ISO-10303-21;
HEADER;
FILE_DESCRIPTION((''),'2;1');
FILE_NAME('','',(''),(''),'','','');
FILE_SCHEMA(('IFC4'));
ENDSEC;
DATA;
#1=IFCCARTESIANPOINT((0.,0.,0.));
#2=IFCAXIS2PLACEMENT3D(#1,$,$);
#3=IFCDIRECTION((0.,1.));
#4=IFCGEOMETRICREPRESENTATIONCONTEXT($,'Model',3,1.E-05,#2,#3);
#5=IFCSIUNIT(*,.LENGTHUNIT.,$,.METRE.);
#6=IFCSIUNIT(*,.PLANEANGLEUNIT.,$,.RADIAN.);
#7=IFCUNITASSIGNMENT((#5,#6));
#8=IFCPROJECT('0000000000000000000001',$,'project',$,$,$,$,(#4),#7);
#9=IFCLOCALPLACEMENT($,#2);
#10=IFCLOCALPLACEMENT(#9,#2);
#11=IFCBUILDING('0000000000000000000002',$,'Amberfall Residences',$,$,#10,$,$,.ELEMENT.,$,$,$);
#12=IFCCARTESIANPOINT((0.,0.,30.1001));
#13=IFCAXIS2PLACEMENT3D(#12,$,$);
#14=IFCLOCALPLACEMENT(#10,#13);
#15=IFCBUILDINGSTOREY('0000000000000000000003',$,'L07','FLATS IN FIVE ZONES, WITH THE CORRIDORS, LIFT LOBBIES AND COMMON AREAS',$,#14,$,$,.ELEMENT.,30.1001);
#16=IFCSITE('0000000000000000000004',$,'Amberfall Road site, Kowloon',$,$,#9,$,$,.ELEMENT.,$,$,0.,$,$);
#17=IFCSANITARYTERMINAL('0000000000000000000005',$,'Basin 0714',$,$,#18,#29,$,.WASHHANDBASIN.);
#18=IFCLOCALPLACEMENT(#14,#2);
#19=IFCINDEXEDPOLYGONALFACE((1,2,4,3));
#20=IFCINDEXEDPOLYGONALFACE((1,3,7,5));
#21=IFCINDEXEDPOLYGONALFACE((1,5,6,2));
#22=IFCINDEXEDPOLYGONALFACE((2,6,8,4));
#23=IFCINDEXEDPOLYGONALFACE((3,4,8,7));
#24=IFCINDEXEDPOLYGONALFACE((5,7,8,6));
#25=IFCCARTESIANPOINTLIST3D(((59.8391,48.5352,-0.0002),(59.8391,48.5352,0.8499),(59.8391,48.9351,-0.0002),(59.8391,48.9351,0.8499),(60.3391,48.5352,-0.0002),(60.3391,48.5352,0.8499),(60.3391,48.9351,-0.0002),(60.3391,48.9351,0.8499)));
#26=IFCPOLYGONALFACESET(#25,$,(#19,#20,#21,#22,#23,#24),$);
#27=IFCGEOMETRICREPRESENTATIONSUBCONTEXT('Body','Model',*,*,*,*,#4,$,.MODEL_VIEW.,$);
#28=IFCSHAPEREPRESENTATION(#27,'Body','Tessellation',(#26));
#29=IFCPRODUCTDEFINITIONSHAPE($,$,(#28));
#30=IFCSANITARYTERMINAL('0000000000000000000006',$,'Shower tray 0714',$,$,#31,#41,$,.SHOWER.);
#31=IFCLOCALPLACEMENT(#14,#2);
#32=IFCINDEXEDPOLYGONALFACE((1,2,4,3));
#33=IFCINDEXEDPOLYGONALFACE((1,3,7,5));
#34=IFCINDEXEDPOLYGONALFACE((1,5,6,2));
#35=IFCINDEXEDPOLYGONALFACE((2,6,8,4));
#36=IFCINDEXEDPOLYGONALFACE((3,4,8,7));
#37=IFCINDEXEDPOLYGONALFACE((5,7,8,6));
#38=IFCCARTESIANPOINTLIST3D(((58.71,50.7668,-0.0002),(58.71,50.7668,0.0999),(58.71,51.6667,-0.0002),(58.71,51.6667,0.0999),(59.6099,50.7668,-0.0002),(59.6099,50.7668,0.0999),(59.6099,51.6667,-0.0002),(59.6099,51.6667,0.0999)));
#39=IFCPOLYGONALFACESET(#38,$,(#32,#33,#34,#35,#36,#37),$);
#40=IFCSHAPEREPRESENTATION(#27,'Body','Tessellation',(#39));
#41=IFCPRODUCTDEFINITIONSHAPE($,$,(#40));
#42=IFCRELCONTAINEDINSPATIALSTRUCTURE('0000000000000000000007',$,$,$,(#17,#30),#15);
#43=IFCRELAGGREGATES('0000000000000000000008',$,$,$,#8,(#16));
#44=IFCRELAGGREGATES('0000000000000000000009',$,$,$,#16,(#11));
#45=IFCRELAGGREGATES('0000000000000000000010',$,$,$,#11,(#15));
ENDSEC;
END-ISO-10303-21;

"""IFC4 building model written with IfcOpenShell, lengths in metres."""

from ifc_helpers import new_model, si_unit, direction, frame, origin, origin_2d, place, context, subcontext, project, spatial, rectangle, extrude, element, save


model = new_model("IFC4")

# Units and contexts
model_context = context("Model", 3, precision=1e-05, world=origin(), true_north=direction((0.0, 1.0)))
body_context = subcontext(model_context, "Body", "Model", "MODEL_VIEW")
ifc_project = project(units=[si_unit("LENGTHUNIT", "METRE"), si_unit("PLANEANGLEUNIT", "RADIAN")], contexts=[model_context])

# Site, building, storey
site_placement = place(None, origin())
site = spatial("IfcSite", under=ifc_project, at=site_placement, Name="Amberfall Road site, Kowloon", CompositionType="ELEMENT", RefElevation=0.0)
building_placement = place(site_placement, origin())
building = spatial("IfcBuilding", under=site, at=building_placement, Name="Amberfall Residences", CompositionType="ELEMENT")
storey_placement = place(building_placement, frame((0.0, 0.0, 30.1001)))
storey = spatial("IfcBuildingStorey", under=building, at=storey_placement, Name="L07", Description="FLATS IN FIVE ZONES, WITH THE CORRIDORS, LIFT LOBBIES AND COMMON AREAS", CompositionType="ELEMENT", Elevation=30.1001)

# Sanitary terminals
sanitary_terminal_1_placement = place(storey_placement, frame((60.0891, 48.7351, -0.0002), z_axis=(0.0, 0.0, 1.0), x_axis=(1.0, 0.0, 0.0)))
element("IfcSanitaryTerminal", 1, at=sanitary_terminal_1_placement, inside=storey, Name="Basin 0714", PredefinedType="WASHHANDBASIN", context=body_context, shape_type="SweptSolid", body=[
    extrude(rectangle(XDim=0.5, YDim=0.3999, at=origin_2d()), origin(), (0.0, 0.0, 1.0), 0.8501),
])
sanitary_terminal_2_placement = place(storey_placement, frame((59.1599, 51.2168, -0.0002), z_axis=(0.0, 0.0, 1.0), x_axis=(1.0, 0.0, 0.0)))
element("IfcSanitaryTerminal", 2, at=sanitary_terminal_2_placement, inside=storey, Name="Shower tray 0714", PredefinedType="SHOWER", context=body_context, shape_type="SweptSolid", body=[
    extrude(rectangle(XDim=0.8999, YDim=0.8999, at=origin_2d()), origin(), (0.0, 0.0, 1.0), 0.1001),
])

save(model, "model.ifc")
